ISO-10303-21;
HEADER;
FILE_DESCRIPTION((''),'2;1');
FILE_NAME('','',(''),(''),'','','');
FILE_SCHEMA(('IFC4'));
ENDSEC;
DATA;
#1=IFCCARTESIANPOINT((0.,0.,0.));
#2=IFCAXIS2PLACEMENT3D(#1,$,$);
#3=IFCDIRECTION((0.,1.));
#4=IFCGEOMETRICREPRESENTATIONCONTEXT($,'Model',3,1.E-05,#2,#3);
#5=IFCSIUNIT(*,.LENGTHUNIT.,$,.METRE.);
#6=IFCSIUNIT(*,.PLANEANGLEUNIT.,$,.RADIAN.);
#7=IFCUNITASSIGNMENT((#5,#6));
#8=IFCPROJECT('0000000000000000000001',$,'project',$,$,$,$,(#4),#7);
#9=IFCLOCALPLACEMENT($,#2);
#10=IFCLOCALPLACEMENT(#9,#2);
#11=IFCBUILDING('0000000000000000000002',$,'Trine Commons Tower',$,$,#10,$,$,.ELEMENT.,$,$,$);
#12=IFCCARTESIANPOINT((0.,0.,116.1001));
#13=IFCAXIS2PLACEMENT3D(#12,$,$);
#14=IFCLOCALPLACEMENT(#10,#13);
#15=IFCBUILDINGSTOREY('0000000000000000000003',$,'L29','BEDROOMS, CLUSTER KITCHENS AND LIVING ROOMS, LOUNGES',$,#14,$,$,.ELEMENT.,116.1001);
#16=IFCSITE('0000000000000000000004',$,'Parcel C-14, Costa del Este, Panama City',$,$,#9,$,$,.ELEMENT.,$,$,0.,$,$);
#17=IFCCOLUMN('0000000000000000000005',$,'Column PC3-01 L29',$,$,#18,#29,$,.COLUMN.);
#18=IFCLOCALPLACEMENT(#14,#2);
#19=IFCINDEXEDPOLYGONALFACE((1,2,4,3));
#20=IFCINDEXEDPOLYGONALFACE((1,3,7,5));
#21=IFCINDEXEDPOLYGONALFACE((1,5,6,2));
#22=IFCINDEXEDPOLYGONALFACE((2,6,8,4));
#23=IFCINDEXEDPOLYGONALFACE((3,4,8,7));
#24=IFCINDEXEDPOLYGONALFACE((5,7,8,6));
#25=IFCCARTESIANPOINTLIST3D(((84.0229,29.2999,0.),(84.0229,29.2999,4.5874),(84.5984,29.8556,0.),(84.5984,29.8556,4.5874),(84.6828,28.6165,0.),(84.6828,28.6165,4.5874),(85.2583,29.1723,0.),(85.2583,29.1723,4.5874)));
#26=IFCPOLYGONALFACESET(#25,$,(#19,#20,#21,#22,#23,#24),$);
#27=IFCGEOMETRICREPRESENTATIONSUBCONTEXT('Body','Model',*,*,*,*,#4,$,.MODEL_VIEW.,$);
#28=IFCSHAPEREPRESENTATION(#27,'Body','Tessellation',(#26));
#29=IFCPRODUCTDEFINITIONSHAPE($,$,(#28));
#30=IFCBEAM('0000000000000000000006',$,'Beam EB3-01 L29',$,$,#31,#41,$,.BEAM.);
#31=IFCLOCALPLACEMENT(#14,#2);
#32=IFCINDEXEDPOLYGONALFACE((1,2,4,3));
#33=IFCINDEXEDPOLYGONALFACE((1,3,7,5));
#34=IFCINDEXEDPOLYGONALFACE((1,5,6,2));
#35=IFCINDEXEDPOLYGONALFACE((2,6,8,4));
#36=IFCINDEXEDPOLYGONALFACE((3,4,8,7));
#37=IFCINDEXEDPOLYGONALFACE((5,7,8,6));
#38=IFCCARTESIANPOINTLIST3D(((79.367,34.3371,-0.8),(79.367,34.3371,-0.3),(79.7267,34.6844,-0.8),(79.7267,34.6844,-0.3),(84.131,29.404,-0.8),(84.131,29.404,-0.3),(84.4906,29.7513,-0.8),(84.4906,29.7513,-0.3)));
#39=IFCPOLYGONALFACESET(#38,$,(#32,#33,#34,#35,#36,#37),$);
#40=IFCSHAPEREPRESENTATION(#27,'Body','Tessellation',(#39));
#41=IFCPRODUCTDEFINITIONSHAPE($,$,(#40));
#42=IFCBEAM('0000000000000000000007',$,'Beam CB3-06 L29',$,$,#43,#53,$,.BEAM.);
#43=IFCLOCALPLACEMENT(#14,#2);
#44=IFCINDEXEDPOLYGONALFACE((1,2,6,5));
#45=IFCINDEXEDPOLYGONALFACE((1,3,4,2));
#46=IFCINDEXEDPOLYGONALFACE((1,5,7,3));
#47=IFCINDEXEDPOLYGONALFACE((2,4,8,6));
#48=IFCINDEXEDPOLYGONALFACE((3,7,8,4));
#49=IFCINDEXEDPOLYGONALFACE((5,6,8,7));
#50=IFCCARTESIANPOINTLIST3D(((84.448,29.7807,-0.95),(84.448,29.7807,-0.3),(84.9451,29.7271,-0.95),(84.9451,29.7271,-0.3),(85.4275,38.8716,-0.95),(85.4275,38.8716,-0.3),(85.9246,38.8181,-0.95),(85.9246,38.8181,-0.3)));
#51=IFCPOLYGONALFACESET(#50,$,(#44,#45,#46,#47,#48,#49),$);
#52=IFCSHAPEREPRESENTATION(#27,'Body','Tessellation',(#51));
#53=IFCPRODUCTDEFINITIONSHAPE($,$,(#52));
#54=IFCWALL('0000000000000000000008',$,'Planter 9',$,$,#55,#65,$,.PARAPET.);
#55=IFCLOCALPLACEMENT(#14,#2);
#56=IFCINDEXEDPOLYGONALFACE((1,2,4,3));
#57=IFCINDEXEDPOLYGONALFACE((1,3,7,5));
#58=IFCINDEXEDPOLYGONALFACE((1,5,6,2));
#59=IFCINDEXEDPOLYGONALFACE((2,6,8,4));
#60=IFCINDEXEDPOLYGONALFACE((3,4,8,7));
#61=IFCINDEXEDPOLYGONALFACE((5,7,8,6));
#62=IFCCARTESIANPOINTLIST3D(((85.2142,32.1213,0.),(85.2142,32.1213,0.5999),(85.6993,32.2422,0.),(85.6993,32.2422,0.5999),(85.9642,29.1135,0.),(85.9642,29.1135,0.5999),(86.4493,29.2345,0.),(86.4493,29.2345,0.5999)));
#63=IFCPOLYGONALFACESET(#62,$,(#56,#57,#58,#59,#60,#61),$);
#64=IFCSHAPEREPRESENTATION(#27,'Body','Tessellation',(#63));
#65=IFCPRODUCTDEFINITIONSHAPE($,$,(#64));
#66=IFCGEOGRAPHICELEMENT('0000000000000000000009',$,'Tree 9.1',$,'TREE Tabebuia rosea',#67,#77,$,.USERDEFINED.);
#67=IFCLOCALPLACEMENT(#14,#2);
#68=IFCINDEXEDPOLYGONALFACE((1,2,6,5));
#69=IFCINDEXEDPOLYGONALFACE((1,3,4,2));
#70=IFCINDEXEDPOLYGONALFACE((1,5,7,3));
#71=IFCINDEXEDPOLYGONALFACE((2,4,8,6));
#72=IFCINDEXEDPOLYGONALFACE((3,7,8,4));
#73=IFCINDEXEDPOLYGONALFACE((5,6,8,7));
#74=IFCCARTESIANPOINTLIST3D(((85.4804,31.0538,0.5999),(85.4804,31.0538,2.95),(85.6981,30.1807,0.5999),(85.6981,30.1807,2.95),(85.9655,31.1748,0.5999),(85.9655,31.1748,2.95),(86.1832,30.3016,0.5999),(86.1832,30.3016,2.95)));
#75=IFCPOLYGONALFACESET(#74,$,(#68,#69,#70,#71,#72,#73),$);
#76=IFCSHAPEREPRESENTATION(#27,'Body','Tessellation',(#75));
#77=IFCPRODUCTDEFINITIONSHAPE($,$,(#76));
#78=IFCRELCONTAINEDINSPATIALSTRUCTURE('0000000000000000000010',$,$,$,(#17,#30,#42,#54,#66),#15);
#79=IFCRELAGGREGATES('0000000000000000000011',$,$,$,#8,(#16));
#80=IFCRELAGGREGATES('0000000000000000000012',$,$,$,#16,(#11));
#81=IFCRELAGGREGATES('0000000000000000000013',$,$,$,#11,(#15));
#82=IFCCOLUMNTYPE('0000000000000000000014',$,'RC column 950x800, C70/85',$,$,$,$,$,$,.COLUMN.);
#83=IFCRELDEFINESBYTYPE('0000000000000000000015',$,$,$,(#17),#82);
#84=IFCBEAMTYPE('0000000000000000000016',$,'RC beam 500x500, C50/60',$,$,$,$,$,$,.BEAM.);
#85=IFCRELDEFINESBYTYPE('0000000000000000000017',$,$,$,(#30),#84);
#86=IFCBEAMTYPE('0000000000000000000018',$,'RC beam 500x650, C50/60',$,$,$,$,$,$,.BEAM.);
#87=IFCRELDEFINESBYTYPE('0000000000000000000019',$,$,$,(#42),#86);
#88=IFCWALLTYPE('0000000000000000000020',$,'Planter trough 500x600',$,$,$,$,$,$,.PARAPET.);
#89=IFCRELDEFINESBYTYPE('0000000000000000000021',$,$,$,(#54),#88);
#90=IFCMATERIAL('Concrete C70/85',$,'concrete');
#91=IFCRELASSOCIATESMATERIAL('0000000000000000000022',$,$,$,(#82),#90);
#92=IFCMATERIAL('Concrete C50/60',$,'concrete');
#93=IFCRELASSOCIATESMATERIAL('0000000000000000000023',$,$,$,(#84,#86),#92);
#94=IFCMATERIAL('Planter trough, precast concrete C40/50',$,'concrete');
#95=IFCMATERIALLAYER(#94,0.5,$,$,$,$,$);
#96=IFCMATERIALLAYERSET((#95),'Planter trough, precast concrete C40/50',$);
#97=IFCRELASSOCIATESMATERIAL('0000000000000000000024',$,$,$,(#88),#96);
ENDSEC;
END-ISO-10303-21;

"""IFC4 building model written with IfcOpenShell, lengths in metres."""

from ifc_helpers import new_model, si_unit, direction, frame, frame_2d, origin, origin_2d, place, context, subcontext, project, spatial, rectangle, extrude, material, layer, layer_set, material_profile, profile_set, type_object, element, save


model = new_model("IFC4")

# Units and contexts
model_context = context("Model", 3, precision=1e-05, world=origin(), true_north=direction((0.0, 1.0)))
body_context = subcontext(model_context, "Body", "Model", "MODEL_VIEW")
ifc_project = project(units=[si_unit("LENGTHUNIT", "METRE"), si_unit("PLANEANGLEUNIT", "RADIAN")], contexts=[model_context])

# Site, building, storey
site_placement = place(None, origin())
site = spatial("IfcSite", under=ifc_project, at=site_placement, Name="Parcel C-14, Costa del Este, Panama City", CompositionType="ELEMENT", RefElevation=0.0)
building_placement = place(site_placement, origin())
building = spatial("IfcBuilding", under=site, at=building_placement, Name="Trine Commons Tower", CompositionType="ELEMENT")
storey_placement = place(building_placement, frame((0.0, 0.0, 116.1001)))
storey = spatial("IfcBuildingStorey", under=building, at=storey_placement, Name="L29", Description="BEDROOMS, CLUSTER KITCHENS AND LIVING ROOMS, LOUNGES", CompositionType="ELEMENT", Elevation=116.1001)

# Column
ifc_material_1 = material(Name="Concrete C70/85", Category="concrete")
ifc_material_profile_1 = material_profile(ifc_material_1, rectangle(XDim=0.95, YDim=0.8, at=origin_2d()), Name="RC 950x800")
ifc_profile_set_1 = profile_set([ifc_material_profile_1], Name="Concrete C70/85")
column_type = type_object("IfcColumnType", Name="RC column 950x800, C70/85", PredefinedType="COLUMN", material=ifc_profile_set_1)
column_placement = place(storey_placement, frame((84.6406, 29.2361, 0.0), z_axis=(0.0, 0.0, 1.0), x_axis=(-0.694658, 0.71934, 0.0)))
element("IfcColumn", 1, at=column_placement, inside=storey, type_object=column_type, Name="Column PC3-01 L29", PredefinedType="COLUMN", context=body_context, shape_type="SweptSolid", body=[
    extrude(rectangle(XDim=0.95, YDim=0.8, at=origin_2d()), origin(), (0.0, 0.0, 1.0), 4.5874),
])

# Beams
ifc_material_2 = material(Name="Concrete C50/60", Category="concrete")
ifc_material_profile_2 = material_profile(ifc_material_2, rectangle(XDim=0.5, YDim=0.5, at=origin_2d()), Name="RC 500x500")
ifc_profile_set_2 = profile_set([ifc_material_profile_2], Name="Concrete C50/60")
beam_type_1 = type_object("IfcBeamType", Name="RC beam 500x500, C50/60", PredefinedType="BEAM", material=ifc_profile_set_2)
beam_1_placement = place(storey_placement, frame((84.3108, 29.5776, -0.55), z_axis=(-0.694664, 0.719335, 0.0), x_axis=(-0.719335, -0.694664, 0.0)))
element("IfcBeam", 2, at=beam_1_placement, inside=storey, type_object=beam_type_1, Name="Beam EB3-01 L29", PredefinedType="BEAM", context=body_context, shape_type="SweptSolid", body=[
    extrude(rectangle(XDim=0.5, YDim=0.5, at=origin_2d()), origin(), (0.0, 0.0, 1.0), 6.8579),
])
ifc_material_profile_3 = material_profile(ifc_material_2, rectangle(XDim=0.5, YDim=0.6499, at=origin_2d()), Name="RC 500x650")
ifc_profile_set_3 = profile_set([ifc_material_profile_3], Name="Concrete C50/60")
beam_type_2 = type_object("IfcBeamType", Name="RC beam 500x650, C50/60", PredefinedType="BEAM", material=ifc_profile_set_3)
beam_2_placement = place(storey_placement, frame((84.6965, 29.7539, -0.625), z_axis=(0.107125, 0.994246, 0.0), x_axis=(-0.994246, 0.107125, 0.0)))
element("IfcBeam", 3, at=beam_2_placement, inside=storey, type_object=beam_type_2, Name="Beam CB3-06 L29", PredefinedType="BEAM", context=body_context, shape_type="SweptSolid", body=[
    extrude(rectangle(XDim=0.5, YDim=0.6499, at=origin_2d()), origin(), (0.0, 0.0, 1.0), 9.1436),
])

# Wall
ifc_material_3 = material(Name="Planter trough, precast concrete C40/50", Category="concrete")
ifc_layer_1 = layer(ifc_material_3, 0.5)
ifc_layer_set_1 = layer_set([ifc_layer_1], Name="Planter trough, precast concrete C40/50")
wall_type_1 = type_object("IfcWallType", Name="Planter trough 500x600", PredefinedType="PARAPET", material=ifc_layer_set_1)
wall_1_placement = place(storey_placement, frame((85.4568, 32.1816, 0.0), z_axis=(0.0, 0.0, 1.0), x_axis=(0.241943, -0.970291, 0.0)))
element("IfcWall", 4, at=wall_1_placement, inside=storey, type_object=wall_type_1, Name="Planter 9", PredefinedType="PARAPET", context=body_context, shape_type="SweptSolid", body=[
    extrude(rectangle(XDim=3.0999, YDim=0.5, at=frame_2d((1.5498, 0.0))), origin(), (0.0, 0.0, 1.0), 0.5999),
])

# Geographic element
geographic_element_placement = place(storey_placement, frame((85.8318, 30.6777, 0.5999), z_axis=(0.0, 0.0, 1.0), x_axis=(0.241908, -0.970299, 0.0)))
element("IfcGeographicElement", 5, at=geographic_element_placement, inside=storey, Name="Tree 9.1", ObjectType="TREE Tabebuia rosea", PredefinedType="USERDEFINED", context=body_context, shape_type="SweptSolid", body=[
    extrude(rectangle(XDim=0.8999, YDim=0.5, at=origin_2d()), origin(), (0.0, 0.0, 1.0), 2.3501),
])

save(model, "model.ifc")
